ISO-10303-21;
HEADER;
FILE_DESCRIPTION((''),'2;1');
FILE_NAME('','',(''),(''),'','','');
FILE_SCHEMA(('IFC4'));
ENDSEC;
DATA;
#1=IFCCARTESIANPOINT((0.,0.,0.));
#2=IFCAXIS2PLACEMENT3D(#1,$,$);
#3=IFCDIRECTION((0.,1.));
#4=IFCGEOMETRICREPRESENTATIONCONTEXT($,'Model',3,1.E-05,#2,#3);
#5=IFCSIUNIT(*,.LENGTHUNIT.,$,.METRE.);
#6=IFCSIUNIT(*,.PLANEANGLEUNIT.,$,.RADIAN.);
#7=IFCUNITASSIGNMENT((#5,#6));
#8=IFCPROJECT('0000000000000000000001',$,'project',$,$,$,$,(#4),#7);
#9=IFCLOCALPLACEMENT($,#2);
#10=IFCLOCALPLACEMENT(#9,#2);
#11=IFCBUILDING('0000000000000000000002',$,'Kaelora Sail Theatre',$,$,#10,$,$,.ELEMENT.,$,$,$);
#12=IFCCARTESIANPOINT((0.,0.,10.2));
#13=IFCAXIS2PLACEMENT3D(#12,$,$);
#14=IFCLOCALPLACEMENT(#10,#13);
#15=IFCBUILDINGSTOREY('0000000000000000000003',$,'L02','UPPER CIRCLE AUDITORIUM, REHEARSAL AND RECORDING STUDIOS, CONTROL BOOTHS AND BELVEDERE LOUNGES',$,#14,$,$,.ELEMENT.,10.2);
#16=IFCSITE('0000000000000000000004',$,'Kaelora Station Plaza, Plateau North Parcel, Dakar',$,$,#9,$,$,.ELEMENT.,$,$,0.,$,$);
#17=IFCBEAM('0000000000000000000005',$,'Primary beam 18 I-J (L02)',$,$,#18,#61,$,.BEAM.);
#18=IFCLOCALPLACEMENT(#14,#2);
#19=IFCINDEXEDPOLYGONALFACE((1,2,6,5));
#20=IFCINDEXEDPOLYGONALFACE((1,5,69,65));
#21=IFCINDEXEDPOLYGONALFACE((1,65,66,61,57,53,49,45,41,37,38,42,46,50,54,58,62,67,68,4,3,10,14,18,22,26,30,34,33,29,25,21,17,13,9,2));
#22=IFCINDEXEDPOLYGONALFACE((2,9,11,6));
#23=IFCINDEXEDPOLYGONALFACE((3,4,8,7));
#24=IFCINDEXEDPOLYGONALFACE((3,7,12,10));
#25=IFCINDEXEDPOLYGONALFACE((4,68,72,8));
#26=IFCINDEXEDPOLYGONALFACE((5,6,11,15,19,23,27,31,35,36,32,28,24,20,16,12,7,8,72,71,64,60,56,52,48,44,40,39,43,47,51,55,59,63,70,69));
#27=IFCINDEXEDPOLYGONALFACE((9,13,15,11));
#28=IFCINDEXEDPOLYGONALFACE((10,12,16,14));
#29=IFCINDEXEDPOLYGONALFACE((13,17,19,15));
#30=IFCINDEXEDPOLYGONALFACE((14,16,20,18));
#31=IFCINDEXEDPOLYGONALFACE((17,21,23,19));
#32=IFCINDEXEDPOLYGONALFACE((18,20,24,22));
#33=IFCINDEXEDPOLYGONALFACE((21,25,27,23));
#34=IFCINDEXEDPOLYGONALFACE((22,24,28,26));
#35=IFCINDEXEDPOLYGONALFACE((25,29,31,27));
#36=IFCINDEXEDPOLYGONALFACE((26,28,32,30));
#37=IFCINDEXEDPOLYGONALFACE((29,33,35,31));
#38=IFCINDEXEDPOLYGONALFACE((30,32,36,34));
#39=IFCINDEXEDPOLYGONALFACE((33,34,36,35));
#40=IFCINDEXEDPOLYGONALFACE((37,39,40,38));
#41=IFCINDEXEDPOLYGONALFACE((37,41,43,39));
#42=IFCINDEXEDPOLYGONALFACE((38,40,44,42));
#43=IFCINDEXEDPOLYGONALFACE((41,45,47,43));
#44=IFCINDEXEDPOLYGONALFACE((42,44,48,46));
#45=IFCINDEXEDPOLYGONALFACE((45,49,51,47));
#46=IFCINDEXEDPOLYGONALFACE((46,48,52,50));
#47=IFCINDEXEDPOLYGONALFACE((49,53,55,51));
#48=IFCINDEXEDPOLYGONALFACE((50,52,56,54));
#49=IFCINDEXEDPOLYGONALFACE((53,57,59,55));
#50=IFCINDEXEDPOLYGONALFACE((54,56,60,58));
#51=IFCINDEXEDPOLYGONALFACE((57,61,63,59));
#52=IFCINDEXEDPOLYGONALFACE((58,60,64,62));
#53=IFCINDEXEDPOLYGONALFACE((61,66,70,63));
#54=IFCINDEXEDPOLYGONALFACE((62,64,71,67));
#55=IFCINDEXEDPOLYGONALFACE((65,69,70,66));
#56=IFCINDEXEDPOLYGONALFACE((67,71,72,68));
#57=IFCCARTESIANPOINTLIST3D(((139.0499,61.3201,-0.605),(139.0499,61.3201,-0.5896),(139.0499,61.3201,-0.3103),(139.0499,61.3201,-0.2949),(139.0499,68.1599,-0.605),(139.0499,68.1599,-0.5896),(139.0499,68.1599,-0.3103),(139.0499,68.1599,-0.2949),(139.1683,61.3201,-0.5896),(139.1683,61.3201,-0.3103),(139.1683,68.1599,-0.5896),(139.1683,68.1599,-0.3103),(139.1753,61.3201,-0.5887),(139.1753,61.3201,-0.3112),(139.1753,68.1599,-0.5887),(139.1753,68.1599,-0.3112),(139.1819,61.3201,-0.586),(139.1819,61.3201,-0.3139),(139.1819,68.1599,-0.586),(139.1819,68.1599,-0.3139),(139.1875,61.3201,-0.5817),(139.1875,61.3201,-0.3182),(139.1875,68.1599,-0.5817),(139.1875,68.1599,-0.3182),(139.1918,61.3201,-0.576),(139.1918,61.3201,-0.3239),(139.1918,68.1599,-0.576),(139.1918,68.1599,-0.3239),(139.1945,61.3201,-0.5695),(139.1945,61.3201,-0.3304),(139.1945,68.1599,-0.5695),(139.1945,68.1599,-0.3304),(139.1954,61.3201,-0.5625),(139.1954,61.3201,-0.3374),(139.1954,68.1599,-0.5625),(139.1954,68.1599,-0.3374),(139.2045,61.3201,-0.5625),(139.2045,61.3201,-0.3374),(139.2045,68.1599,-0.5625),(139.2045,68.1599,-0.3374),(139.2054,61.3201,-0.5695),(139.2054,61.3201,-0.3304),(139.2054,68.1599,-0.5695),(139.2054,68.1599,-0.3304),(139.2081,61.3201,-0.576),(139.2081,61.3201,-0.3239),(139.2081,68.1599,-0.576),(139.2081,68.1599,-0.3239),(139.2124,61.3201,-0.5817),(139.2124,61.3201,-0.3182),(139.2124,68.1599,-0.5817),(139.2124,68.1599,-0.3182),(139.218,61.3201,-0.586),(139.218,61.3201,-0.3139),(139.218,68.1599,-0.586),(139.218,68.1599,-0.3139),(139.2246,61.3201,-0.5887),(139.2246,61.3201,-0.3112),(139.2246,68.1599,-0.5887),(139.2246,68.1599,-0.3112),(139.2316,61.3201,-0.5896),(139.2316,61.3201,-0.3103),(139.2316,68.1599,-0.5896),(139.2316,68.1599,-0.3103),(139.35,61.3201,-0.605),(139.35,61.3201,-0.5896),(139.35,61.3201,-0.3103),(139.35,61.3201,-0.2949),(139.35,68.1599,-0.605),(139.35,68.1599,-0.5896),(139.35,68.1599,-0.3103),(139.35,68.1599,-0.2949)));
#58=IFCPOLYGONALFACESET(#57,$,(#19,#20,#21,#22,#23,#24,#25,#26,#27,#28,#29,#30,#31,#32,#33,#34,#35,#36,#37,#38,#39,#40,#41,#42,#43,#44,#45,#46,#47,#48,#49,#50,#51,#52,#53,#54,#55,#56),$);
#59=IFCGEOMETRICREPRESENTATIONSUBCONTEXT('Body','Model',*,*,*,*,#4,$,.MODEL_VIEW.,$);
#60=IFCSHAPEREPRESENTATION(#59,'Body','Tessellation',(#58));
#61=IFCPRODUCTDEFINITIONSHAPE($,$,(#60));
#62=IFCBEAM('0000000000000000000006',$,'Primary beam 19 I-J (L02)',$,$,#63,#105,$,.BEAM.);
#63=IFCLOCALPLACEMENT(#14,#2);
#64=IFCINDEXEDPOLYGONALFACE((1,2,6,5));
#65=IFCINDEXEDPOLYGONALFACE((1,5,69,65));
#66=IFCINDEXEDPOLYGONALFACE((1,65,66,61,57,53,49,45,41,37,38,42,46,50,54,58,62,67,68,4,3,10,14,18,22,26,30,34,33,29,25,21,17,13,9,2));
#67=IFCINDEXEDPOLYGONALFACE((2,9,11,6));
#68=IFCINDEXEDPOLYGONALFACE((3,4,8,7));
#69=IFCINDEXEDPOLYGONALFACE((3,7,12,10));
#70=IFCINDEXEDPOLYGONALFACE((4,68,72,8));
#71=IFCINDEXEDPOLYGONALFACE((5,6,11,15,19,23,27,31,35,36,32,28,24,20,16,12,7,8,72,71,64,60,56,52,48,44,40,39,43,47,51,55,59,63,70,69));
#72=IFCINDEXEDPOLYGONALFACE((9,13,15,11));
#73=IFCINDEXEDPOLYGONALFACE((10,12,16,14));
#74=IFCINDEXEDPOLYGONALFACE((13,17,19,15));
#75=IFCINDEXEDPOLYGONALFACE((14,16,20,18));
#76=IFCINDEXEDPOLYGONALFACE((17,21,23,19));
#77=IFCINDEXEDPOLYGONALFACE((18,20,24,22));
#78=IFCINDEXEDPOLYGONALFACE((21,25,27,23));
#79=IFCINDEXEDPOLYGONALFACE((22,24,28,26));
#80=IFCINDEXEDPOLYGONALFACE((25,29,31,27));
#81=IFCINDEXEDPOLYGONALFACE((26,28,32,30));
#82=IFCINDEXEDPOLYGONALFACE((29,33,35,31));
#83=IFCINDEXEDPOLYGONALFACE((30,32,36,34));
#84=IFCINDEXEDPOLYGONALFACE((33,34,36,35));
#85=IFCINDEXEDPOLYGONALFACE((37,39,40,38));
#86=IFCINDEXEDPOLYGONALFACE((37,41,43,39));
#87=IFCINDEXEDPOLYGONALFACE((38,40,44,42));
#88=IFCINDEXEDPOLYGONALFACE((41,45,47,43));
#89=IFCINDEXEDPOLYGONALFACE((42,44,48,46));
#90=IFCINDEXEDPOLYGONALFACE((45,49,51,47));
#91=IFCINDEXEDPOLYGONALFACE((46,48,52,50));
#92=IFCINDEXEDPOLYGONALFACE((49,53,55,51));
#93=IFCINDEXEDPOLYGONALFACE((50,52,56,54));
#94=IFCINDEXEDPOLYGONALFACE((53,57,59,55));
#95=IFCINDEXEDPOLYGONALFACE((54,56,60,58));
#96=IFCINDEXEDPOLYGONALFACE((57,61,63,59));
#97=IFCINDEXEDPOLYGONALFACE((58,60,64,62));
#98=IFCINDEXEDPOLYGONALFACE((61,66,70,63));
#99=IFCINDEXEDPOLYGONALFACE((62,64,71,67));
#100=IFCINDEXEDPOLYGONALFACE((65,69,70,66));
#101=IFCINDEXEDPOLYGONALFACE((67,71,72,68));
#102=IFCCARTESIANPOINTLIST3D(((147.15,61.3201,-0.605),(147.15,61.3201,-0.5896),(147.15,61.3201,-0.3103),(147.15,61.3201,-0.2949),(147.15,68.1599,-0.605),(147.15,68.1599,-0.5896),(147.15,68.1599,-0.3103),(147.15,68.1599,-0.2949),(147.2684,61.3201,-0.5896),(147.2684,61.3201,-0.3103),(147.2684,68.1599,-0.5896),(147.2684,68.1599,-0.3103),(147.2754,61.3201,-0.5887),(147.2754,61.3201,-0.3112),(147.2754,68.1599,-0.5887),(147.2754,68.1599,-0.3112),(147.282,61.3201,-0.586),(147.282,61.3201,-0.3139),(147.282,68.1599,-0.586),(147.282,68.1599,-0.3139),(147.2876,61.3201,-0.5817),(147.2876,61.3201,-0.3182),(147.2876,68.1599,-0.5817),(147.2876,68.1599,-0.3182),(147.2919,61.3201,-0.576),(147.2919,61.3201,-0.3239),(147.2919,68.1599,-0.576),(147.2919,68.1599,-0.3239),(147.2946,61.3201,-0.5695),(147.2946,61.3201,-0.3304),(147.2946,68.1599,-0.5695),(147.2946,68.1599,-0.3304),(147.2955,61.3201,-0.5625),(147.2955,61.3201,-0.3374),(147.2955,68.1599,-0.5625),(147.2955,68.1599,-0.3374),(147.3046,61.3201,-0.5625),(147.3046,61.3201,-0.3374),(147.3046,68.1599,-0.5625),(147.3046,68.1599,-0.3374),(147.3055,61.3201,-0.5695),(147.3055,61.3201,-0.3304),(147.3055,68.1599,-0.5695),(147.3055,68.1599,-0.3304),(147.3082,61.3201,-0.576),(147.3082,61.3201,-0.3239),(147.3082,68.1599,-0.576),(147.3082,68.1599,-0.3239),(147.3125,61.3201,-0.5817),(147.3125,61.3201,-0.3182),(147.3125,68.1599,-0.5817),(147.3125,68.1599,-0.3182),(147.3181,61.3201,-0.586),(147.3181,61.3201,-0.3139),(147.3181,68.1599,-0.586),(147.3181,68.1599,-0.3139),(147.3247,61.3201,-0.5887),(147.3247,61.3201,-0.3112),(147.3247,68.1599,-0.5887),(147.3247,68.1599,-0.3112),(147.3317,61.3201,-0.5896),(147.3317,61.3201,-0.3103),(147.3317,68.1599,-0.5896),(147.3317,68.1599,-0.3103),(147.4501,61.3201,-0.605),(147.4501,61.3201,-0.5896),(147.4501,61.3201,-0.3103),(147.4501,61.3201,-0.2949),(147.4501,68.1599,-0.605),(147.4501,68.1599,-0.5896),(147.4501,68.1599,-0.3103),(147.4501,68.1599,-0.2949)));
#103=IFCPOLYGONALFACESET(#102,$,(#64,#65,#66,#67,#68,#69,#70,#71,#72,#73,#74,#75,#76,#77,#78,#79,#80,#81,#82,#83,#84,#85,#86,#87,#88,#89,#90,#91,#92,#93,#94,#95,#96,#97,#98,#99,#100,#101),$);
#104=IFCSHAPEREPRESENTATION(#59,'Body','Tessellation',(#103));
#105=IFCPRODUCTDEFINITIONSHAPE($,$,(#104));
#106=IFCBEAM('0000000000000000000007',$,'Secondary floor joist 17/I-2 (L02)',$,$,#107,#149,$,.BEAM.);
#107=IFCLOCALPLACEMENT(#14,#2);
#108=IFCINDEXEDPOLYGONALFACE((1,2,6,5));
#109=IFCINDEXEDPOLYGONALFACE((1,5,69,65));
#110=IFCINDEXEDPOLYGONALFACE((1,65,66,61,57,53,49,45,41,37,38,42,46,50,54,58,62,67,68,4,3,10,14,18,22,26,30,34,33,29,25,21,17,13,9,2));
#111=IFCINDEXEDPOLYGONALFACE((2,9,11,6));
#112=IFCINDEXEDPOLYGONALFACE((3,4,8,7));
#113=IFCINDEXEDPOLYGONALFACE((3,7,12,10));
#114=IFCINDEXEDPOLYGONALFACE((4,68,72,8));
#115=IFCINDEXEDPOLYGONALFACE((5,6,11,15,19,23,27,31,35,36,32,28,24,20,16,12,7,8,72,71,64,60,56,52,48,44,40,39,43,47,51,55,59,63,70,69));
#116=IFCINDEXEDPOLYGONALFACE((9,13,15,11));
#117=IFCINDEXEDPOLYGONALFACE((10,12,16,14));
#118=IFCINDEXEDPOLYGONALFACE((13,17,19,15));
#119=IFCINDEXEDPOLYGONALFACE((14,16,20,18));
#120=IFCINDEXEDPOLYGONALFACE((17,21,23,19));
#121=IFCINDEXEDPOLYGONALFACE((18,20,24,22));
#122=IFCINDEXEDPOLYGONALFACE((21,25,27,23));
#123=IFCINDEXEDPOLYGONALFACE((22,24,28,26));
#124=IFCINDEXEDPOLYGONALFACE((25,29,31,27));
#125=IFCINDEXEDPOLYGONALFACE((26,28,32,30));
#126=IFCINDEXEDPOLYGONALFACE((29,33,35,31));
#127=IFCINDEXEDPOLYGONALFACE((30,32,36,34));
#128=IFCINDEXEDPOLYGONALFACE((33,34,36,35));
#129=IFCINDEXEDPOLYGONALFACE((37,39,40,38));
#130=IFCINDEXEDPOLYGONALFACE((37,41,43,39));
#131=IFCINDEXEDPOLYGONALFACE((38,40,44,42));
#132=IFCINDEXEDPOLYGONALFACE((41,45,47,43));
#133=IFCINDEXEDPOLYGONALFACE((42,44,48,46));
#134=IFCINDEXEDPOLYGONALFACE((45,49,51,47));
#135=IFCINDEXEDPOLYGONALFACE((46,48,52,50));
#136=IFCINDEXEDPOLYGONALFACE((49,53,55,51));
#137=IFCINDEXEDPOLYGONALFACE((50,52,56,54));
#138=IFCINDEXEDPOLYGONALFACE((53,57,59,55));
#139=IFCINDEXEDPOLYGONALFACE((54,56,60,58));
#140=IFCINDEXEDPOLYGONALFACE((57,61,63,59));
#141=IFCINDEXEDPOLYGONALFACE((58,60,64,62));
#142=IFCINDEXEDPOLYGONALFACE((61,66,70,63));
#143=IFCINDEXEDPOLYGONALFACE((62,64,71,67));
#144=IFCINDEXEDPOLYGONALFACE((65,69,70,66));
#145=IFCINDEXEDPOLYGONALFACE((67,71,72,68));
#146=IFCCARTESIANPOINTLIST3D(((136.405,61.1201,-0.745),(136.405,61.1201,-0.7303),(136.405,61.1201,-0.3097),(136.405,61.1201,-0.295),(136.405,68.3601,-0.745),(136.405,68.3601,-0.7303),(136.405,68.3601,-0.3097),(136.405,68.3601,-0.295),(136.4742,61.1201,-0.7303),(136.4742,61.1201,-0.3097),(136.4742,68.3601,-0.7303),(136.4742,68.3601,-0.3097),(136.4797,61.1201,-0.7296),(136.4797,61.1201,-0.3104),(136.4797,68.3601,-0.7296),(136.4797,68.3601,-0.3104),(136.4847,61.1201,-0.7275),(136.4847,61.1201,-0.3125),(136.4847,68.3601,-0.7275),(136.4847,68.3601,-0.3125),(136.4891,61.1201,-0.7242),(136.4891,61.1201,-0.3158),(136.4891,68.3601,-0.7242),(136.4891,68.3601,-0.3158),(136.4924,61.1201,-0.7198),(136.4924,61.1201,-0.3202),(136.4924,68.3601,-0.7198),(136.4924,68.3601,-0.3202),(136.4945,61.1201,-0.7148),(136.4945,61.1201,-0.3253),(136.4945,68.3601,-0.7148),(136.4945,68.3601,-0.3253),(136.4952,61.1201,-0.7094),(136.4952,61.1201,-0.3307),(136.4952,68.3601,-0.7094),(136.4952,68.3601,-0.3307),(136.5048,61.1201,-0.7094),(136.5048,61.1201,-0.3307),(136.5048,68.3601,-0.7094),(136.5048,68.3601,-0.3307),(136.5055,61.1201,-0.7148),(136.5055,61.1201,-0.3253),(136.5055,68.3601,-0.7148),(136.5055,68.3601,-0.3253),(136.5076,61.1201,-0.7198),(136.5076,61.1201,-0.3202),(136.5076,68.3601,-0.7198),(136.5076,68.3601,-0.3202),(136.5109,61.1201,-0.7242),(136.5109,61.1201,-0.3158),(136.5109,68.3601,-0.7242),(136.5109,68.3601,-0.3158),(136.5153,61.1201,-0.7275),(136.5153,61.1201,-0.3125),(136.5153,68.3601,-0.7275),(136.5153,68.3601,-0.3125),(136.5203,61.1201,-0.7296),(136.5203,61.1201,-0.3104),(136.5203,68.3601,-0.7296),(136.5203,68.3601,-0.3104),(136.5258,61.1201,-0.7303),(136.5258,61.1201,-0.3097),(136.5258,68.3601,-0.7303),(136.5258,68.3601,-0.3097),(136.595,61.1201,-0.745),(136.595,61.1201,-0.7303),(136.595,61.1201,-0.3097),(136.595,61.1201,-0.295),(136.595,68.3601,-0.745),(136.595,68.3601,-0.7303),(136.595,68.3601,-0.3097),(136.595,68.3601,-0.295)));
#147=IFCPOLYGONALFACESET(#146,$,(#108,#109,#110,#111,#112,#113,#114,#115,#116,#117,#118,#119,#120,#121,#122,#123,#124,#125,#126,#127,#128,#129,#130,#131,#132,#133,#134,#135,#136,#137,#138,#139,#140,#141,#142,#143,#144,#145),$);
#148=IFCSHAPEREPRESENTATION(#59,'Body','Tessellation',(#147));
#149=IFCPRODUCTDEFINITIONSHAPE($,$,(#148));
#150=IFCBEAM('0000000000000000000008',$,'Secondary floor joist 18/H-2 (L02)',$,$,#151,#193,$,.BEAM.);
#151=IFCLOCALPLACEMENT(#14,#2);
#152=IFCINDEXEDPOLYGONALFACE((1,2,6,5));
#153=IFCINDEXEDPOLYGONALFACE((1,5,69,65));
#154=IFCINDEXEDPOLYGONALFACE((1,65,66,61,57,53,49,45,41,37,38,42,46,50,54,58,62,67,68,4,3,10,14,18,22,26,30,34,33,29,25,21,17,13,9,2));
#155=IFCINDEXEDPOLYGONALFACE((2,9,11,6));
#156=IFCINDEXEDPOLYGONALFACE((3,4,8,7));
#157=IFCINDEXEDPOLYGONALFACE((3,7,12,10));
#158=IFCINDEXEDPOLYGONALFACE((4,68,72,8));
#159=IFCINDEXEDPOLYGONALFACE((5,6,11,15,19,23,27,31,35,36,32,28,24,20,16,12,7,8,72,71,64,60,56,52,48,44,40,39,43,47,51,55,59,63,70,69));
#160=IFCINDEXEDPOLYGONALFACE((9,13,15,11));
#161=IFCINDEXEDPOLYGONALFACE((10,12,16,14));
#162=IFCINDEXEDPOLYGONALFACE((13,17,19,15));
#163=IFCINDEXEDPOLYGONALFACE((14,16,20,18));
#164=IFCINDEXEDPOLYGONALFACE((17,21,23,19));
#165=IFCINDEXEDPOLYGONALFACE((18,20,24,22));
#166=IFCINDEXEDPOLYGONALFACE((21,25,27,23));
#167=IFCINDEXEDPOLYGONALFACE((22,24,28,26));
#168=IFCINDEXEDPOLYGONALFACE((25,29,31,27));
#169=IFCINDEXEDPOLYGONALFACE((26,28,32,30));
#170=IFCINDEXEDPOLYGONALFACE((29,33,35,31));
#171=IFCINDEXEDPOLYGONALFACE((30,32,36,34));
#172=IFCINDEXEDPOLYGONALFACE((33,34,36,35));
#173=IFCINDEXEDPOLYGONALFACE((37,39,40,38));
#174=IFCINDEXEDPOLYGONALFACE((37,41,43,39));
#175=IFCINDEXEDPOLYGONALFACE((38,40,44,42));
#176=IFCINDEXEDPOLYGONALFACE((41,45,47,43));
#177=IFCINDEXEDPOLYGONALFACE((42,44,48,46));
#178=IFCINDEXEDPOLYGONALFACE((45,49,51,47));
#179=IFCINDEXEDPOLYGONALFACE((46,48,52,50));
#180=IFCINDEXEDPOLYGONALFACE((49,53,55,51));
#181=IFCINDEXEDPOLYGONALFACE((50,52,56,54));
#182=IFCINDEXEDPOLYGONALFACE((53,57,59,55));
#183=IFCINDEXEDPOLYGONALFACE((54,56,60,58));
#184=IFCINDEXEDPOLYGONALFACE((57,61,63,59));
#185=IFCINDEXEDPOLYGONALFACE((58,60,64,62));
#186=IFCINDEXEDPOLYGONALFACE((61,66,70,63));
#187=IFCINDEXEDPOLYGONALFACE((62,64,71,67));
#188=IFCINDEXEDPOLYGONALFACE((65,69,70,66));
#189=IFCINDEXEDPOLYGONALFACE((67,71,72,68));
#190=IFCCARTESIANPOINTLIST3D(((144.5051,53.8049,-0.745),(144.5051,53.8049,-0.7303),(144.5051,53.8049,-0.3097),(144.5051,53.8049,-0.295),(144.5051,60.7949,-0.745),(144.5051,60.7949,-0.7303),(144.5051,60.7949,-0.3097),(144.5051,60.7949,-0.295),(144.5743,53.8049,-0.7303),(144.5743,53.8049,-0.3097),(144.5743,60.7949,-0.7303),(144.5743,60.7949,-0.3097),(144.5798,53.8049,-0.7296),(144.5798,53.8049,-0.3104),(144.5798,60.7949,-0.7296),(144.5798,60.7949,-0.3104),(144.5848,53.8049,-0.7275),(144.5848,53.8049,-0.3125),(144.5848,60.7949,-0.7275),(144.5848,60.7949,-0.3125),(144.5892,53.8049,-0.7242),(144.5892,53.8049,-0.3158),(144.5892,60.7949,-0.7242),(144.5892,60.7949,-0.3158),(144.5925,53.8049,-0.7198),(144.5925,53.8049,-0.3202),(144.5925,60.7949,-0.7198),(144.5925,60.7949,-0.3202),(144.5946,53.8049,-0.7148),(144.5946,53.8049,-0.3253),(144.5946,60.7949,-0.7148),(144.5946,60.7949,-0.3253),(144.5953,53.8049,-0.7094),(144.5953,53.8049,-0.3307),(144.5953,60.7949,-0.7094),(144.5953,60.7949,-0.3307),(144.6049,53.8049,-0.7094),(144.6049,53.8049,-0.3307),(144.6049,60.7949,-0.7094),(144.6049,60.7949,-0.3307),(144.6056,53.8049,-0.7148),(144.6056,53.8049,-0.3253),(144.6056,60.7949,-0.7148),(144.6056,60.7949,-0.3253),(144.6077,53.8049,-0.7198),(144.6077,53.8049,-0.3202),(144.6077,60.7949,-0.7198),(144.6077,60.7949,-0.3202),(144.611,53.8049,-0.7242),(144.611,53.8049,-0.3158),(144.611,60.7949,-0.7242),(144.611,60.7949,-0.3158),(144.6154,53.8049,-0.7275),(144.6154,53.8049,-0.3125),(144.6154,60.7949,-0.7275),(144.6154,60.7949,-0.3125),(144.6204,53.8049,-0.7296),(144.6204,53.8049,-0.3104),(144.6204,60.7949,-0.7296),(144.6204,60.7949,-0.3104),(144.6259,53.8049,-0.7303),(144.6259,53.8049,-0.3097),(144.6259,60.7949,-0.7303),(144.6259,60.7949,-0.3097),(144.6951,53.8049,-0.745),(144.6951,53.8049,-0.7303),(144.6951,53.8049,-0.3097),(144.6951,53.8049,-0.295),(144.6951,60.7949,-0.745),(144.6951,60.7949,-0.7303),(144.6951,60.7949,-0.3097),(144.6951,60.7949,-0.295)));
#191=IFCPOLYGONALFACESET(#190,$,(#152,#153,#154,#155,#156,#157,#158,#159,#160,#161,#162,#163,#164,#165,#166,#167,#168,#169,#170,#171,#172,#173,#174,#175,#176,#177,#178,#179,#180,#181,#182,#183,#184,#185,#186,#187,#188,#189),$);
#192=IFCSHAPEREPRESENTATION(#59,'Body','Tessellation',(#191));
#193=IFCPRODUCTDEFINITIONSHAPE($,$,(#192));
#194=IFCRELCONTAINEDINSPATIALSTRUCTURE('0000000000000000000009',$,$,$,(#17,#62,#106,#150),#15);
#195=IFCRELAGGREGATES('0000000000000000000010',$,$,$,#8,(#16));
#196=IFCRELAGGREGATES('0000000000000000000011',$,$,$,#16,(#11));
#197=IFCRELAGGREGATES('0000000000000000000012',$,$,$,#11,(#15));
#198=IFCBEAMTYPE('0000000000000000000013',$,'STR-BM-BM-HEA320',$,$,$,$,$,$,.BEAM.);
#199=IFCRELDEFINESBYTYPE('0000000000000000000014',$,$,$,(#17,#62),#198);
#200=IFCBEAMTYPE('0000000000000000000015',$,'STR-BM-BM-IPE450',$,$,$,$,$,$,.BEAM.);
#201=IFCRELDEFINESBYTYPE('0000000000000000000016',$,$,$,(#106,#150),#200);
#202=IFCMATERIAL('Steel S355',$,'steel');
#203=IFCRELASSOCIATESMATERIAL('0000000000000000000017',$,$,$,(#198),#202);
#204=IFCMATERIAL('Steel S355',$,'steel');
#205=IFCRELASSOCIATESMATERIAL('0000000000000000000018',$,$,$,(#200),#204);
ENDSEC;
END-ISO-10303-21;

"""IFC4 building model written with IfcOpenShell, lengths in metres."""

from ifc_helpers import new_model, si_unit, direction, frame, origin, origin_2d, place, context, subcontext, project, spatial, i_section, extrude, material, material_profile, profile_set, type_object, element, save


model = new_model("IFC4")

# Units and contexts
model_context = context("Model", 3, precision=1e-05, world=origin(), true_north=direction((0.0, 1.0)))
body_context = subcontext(model_context, "Body", "Model", "MODEL_VIEW")
ifc_project = project(units=[si_unit("LENGTHUNIT", "METRE"), si_unit("PLANEANGLEUNIT", "RADIAN")], contexts=[model_context])

# Site, building, storey
site_placement = place(None, origin())
site = spatial("IfcSite", under=ifc_project, at=site_placement, Name="Kaelora Station Plaza, Plateau North Parcel, Dakar", CompositionType="ELEMENT", RefElevation=0.0)
building_placement = place(site_placement, origin())
building = spatial("IfcBuilding", under=site, at=building_placement, Name="Kaelora Sail Theatre", CompositionType="ELEMENT")
storey_placement = place(building_placement, frame((0.0, 0.0, 10.2)))
storey = spatial("IfcBuildingStorey", under=building, at=storey_placement, Name="L02", Description="UPPER CIRCLE AUDITORIUM, REHEARSAL AND RECORDING STUDIOS, CONTROL BOOTHS AND BELVEDERE LOUNGES", CompositionType="ELEMENT", Elevation=10.2)

# Beams
ifc_material_1 = material(Name="Steel S355", Category="steel")
ifc_material_profile_1 = material_profile(ifc_material_1, i_section(OverallWidth=0.3, OverallDepth=0.3101, WebThickness=0.009, FlangeThickness=0.0154, FilletRadius=0.0271, at=origin_2d()), Name="HEA 320")
ifc_profile_set_1 = profile_set([ifc_material_profile_1], Name="Steel S355")
beam_type_1 = type_object("IfcBeamType", Name="STR-BM-BM-HEA320", PredefinedType="BEAM", material=ifc_profile_set_1)
for number, where, z_axis, x_axis, name in (
    (1, (139.2, 61.3201, -0.45), (0.0, 1.0, 0.0), (-1.0, 0.0, 0.0), "Primary beam 18 I-J (L02)"),
    (2, (147.3, 61.3201, -0.45), (0.0, 1.0, 0.0), (-1.0, 0.0, 0.0), "Primary beam 19 I-J (L02)"),
):
    element("IfcBeam", number, at=place(storey_placement, frame(where, z_axis=z_axis, x_axis=x_axis)), inside=storey, type_object=beam_type_1, Name=name, PredefinedType="BEAM", context=body_context, shape_type="SweptSolid", body=[
        extrude(i_section(OverallWidth=0.3, OverallDepth=0.3101, WebThickness=0.009, FlangeThickness=0.0154, FilletRadius=0.0271, at=origin_2d()), origin(), (0.0, 0.0, 1.0), 6.8398),
    ])
ifc_material_2 = material(Name="Steel S355", Category="steel")
ifc_material_profile_2 = material_profile(ifc_material_2, i_section(OverallWidth=0.1899, OverallDepth=0.45, WebThickness=0.0095, FlangeThickness=0.0146, FilletRadius=0.021, at=origin_2d()), Name="IPE 450")
ifc_profile_set_2 = profile_set([ifc_material_profile_2], Name="Steel S355")
beam_type_2 = type_object("IfcBeamType", Name="STR-BM-BM-IPE450", PredefinedType="BEAM", material=ifc_profile_set_2)
beam_1_placement = place(storey_placement, frame((136.5, 61.1201, -0.52), z_axis=(0.0, 1.0, 0.0), x_axis=(-1.0, 0.0, 0.0)))
element("IfcBeam", 3, at=beam_1_placement, inside=storey, type_object=beam_type_2, Name="Secondary floor joist 17/I-2 (L02)", PredefinedType="BEAM", context=body_context, shape_type="SweptSolid", body=[
    extrude(i_section(OverallWidth=0.1899, OverallDepth=0.45, WebThickness=0.0095, FlangeThickness=0.0146, FilletRadius=0.021, at=origin_2d()), origin(), (0.0, 0.0, 1.0), 7.24),
])
for number, where, z_axis, x_axis, name in (
    (4, (144.6001, 53.8049, -0.52), (0.0, 1.0, 0.0), (-1.0, 0.0, 0.0), "Secondary floor joist 18/H-2 (L02)"),
):
    element("IfcBeam", number, at=place(storey_placement, frame(where, z_axis=z_axis, x_axis=x_axis)), inside=storey, type_object=beam_type_2, Name=name, PredefinedType="BEAM", context=body_context, shape_type="SweptSolid", body=[
        extrude(i_section(OverallWidth=0.1899, OverallDepth=0.45, WebThickness=0.0095, FlangeThickness=0.0146, FilletRadius=0.021, at=origin_2d()), origin(), (0.0, 0.0, 1.0), 6.99),
    ])

save(model, "model.ifc")
